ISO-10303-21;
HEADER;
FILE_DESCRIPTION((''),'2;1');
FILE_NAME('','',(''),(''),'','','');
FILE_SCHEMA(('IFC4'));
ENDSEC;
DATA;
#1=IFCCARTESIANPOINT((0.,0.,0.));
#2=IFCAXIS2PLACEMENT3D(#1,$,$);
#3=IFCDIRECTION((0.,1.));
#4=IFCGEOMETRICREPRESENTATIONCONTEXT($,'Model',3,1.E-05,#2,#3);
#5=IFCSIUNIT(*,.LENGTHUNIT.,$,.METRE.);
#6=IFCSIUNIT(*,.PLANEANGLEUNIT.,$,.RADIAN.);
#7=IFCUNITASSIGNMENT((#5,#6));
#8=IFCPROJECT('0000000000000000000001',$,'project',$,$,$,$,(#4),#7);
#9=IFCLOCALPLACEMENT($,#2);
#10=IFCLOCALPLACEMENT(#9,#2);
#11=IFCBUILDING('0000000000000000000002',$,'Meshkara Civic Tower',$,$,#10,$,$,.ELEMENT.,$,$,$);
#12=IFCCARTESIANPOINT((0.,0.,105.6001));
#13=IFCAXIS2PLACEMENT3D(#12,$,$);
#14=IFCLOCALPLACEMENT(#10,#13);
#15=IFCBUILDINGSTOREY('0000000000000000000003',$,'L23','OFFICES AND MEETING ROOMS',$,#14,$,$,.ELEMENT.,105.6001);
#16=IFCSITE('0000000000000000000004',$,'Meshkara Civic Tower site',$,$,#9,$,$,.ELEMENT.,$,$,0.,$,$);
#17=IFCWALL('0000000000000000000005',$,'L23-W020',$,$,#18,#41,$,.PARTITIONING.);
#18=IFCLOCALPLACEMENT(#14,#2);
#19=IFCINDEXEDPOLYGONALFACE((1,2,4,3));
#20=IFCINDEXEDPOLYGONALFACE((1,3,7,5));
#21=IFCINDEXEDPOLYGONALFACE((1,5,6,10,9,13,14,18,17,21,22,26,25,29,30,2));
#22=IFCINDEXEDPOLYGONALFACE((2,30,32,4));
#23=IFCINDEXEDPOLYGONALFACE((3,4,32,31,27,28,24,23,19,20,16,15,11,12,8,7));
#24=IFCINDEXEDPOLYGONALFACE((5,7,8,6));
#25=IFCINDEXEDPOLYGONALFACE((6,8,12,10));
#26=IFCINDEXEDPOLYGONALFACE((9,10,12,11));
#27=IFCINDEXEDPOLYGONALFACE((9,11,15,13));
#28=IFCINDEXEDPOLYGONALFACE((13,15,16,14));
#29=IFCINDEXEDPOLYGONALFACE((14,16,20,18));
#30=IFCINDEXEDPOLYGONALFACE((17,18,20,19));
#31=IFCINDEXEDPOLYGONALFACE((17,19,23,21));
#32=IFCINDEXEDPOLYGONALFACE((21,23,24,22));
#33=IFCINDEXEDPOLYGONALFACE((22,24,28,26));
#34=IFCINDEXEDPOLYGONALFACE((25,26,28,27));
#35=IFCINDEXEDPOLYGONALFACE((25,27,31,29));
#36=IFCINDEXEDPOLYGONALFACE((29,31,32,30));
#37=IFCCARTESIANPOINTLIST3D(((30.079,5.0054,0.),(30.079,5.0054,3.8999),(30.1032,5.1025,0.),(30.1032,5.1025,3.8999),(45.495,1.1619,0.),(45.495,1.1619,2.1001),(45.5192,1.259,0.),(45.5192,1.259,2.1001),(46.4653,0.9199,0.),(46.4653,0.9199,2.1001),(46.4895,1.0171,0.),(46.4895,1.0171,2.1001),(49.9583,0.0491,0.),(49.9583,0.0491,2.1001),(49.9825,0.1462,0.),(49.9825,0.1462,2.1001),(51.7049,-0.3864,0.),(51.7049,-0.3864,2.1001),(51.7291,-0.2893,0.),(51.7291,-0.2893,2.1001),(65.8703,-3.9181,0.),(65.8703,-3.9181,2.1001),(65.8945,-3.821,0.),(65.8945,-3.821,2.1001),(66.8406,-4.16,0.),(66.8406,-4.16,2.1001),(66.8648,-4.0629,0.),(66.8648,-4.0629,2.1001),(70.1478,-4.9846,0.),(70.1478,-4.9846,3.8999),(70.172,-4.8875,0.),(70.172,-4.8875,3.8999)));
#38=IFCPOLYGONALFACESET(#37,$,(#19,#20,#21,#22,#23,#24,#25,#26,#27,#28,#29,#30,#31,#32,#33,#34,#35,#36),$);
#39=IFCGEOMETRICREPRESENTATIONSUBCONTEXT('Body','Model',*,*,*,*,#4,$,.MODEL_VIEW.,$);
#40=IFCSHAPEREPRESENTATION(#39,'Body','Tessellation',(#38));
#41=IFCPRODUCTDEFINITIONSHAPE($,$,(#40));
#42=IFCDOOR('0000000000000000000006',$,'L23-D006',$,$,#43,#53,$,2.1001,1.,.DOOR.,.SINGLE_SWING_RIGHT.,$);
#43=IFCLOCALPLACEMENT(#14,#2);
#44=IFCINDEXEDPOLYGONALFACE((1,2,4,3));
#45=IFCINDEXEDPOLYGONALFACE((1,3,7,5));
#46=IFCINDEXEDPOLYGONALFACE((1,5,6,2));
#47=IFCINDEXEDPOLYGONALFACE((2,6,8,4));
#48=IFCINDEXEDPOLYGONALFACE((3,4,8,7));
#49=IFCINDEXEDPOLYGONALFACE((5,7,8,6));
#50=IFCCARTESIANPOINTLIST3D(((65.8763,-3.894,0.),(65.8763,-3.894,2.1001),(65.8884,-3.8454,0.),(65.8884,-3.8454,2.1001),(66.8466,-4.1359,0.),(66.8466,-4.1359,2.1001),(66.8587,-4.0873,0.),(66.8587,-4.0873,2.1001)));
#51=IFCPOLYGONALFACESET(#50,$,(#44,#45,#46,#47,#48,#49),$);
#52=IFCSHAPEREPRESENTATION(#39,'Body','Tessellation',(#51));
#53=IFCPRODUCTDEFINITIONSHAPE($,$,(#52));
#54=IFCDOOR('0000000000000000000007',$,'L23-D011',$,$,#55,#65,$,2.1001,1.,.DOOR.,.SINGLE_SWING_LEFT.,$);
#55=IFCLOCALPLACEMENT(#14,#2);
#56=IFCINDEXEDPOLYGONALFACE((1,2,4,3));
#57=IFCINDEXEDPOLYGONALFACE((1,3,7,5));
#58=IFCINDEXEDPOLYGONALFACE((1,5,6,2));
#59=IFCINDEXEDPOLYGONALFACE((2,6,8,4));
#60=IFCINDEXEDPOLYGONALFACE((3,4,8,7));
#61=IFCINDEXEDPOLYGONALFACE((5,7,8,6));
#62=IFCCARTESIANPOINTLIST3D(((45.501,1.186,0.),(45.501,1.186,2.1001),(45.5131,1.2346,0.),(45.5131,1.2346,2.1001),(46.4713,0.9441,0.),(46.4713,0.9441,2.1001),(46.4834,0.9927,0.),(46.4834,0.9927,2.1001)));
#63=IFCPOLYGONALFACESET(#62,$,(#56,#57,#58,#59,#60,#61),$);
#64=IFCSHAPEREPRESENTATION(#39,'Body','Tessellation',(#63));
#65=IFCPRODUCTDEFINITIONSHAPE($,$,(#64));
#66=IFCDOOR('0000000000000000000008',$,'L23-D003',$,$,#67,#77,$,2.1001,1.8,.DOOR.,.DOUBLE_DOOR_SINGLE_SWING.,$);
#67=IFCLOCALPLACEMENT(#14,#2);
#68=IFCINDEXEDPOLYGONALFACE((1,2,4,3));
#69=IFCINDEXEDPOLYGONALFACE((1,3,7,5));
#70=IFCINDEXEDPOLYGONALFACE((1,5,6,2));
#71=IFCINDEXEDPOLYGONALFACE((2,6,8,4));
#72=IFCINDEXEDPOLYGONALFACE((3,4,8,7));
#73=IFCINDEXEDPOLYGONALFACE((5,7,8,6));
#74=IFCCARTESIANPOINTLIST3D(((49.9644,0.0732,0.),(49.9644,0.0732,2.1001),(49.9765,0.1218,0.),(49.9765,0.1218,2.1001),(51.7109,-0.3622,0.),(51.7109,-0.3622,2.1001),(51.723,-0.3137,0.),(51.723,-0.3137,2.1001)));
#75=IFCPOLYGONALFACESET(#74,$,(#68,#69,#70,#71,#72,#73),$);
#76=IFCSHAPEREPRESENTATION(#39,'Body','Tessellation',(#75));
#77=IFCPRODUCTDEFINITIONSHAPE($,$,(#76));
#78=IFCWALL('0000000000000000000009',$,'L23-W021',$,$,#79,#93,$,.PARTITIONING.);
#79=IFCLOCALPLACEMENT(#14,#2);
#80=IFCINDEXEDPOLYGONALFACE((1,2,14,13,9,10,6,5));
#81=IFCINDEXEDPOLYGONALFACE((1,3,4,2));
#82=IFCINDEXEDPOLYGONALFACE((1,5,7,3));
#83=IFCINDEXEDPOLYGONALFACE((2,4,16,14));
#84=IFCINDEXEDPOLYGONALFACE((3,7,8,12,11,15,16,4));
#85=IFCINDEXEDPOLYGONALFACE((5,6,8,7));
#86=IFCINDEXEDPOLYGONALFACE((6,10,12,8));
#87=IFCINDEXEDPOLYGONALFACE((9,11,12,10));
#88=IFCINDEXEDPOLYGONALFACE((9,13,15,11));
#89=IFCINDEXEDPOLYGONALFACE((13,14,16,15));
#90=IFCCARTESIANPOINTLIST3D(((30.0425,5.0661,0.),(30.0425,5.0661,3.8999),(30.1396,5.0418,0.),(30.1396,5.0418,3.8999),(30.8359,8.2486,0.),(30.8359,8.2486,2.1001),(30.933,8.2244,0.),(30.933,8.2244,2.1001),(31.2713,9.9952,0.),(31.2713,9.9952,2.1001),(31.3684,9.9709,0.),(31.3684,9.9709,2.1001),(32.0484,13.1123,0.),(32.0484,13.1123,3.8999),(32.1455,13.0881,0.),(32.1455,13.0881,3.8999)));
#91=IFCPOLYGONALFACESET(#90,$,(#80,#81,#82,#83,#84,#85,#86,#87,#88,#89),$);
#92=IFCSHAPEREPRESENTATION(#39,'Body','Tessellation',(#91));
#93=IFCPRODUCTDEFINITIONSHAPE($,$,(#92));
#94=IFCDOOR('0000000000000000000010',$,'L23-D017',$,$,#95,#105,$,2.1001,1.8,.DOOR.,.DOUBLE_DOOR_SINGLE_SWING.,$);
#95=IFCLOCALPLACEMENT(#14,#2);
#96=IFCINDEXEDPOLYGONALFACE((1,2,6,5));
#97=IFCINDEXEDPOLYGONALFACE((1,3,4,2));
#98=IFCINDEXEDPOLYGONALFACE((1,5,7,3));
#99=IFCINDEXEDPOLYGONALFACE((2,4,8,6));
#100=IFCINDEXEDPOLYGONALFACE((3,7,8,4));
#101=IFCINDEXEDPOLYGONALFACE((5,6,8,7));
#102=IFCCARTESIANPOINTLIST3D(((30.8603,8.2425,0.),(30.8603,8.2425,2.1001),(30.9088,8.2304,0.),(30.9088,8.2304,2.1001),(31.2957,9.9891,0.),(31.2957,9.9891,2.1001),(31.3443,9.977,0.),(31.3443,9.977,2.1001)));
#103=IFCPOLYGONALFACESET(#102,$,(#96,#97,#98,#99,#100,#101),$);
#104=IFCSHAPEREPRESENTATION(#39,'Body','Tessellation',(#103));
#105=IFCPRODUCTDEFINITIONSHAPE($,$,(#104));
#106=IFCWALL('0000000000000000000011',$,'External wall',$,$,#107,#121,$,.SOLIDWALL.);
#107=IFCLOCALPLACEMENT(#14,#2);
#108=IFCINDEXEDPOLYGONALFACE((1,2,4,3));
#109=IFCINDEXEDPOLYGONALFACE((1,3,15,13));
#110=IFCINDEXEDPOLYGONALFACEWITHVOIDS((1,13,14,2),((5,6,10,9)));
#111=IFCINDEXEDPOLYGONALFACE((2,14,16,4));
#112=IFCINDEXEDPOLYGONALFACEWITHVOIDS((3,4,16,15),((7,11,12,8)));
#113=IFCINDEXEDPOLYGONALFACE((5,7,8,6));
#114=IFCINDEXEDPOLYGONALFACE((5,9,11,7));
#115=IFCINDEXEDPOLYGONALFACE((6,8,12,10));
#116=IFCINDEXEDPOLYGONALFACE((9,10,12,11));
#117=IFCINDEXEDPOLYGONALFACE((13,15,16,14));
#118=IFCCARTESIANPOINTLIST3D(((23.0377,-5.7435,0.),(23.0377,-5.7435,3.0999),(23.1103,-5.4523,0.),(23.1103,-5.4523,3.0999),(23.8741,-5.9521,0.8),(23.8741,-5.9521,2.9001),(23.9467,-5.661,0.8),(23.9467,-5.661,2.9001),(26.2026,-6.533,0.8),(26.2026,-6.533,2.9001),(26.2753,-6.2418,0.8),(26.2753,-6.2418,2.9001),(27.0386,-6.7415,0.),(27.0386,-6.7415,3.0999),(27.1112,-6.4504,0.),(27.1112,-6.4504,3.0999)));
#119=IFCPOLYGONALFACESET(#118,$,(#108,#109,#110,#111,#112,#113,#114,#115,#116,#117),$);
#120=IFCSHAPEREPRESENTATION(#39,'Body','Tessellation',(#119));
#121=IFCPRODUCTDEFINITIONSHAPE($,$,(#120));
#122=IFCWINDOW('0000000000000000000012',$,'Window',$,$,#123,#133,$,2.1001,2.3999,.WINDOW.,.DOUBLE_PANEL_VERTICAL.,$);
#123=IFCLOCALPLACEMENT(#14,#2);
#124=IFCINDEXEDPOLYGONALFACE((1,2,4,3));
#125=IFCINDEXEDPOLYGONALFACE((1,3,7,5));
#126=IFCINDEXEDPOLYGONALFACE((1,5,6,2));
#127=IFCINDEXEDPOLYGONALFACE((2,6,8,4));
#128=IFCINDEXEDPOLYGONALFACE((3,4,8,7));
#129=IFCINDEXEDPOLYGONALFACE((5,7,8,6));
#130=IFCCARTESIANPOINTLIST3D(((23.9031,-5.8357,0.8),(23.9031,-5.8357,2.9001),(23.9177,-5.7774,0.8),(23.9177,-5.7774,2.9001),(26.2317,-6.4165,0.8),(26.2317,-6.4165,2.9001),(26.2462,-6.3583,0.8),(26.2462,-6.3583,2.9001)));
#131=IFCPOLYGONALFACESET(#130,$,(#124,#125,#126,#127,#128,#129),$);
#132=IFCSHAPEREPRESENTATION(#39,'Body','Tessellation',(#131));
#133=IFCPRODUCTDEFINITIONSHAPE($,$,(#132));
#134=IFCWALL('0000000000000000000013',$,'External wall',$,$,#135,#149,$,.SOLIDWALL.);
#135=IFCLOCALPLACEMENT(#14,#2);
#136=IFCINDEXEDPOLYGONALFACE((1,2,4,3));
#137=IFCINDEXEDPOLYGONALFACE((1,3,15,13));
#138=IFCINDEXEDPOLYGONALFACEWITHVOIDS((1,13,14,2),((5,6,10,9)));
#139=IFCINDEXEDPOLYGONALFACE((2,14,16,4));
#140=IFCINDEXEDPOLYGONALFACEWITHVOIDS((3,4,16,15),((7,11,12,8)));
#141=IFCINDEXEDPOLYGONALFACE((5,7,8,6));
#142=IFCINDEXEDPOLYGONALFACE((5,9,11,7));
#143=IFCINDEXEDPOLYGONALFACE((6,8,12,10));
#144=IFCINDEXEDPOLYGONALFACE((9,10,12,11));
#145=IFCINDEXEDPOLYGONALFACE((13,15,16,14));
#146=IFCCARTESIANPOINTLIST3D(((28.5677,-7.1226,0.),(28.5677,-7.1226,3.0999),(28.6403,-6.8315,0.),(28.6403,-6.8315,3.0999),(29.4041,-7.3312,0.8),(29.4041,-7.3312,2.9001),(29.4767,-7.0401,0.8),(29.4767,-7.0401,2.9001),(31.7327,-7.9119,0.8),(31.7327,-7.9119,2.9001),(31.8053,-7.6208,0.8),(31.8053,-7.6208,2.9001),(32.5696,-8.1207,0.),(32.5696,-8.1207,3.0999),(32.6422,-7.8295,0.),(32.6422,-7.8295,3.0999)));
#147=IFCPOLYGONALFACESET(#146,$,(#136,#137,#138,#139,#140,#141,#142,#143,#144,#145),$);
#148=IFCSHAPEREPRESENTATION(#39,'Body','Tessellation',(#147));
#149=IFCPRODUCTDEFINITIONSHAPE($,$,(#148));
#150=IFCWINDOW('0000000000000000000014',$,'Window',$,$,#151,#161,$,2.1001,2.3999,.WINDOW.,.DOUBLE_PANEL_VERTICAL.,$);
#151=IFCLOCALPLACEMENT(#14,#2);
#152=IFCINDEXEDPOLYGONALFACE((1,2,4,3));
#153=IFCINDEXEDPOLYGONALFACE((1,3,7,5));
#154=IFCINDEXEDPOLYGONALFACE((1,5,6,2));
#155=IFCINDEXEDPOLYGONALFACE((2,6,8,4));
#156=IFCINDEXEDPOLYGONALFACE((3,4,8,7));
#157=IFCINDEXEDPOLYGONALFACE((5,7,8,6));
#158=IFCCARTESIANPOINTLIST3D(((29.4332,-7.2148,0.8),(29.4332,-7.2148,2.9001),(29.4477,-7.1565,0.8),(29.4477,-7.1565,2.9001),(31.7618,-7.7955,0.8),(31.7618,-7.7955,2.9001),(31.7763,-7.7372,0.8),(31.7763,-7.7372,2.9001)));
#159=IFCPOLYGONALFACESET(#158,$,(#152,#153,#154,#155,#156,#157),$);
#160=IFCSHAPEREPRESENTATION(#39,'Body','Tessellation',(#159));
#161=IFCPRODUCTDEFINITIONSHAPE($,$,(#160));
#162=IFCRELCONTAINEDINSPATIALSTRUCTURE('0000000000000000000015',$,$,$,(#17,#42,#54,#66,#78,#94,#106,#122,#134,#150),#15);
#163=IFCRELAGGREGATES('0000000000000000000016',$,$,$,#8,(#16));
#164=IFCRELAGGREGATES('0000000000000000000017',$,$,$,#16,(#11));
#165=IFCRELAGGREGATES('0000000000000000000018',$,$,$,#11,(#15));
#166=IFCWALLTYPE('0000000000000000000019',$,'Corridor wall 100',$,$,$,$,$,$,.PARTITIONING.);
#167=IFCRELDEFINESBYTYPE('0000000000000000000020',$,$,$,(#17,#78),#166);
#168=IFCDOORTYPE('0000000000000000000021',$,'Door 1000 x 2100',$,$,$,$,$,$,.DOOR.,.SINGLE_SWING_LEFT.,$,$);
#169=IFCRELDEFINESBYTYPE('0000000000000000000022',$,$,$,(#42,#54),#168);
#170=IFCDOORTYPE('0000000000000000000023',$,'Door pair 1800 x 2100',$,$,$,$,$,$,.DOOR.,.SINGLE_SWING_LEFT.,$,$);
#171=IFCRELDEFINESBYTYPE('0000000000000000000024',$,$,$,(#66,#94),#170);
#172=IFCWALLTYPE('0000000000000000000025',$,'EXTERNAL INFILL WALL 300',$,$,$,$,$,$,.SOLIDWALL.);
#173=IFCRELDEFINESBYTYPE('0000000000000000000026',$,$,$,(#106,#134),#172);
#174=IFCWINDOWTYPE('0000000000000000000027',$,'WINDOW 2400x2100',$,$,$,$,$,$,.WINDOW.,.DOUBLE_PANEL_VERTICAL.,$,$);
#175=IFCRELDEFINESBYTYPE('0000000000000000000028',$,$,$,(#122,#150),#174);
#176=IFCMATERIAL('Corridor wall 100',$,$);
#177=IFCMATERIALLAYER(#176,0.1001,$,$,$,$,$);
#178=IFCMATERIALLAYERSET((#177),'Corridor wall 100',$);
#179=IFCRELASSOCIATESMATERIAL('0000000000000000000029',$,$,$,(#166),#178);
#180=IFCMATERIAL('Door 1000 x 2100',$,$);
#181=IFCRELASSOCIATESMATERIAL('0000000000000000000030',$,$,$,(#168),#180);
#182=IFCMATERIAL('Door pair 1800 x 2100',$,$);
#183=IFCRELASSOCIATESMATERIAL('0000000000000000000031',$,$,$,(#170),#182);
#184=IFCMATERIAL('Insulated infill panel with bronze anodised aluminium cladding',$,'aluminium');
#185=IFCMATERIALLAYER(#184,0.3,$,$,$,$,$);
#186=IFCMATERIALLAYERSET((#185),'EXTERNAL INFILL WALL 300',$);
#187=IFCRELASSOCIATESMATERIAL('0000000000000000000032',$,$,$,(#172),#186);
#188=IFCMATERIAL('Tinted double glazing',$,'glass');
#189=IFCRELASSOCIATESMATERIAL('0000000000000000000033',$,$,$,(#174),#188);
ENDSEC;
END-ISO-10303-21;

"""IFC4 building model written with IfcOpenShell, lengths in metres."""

from ifc_helpers import new_model, si_unit, direction, frame, frame_2d, origin, place, context, subcontext, project, spatial, rectangle, extrude, material, layer, layer_set, type_object, element, fill, save


model = new_model("IFC4")

# Units and contexts
model_context = context("Model", 3, precision=1e-05, world=origin(), true_north=direction((0.0, 1.0)))
body_context = subcontext(model_context, "Body", "Model", "MODEL_VIEW")
ifc_project = project(units=[si_unit("LENGTHUNIT", "METRE"), si_unit("PLANEANGLEUNIT", "RADIAN")], contexts=[model_context])

# Site, building, storey
site_placement = place(None, origin())
site = spatial("IfcSite", under=ifc_project, at=site_placement, Name="Meshkara Civic Tower site", CompositionType="ELEMENT", RefElevation=0.0)
building_placement = place(site_placement, origin())
building = spatial("IfcBuilding", under=site, at=building_placement, Name="Meshkara Civic Tower", CompositionType="ELEMENT")
storey_placement = place(building_placement, frame((0.0, 0.0, 105.6001)))
storey = spatial("IfcBuildingStorey", under=building, at=storey_placement, Name="L23", Description="OFFICES AND MEETING ROOMS", CompositionType="ELEMENT", Elevation=105.6001)

# Wall, openings, doors
ifc_material_1 = material(Name="Corridor wall 100")
ifc_layer_1 = layer(ifc_material_1, 0.1001)
ifc_layer_set_1 = layer_set([ifc_layer_1], Name="Corridor wall 100")
wall_type_1 = type_object("IfcWallType", Name="Corridor wall 100", PredefinedType="PARTITIONING", material=ifc_layer_set_1)
wall_1_placement = place(storey_placement, frame((30.0911, 5.054, 0.0), z_axis=(0.0, 0.0, 1.0), x_axis=(0.970297, -0.241915, 0.0)))
wall_1 = element("IfcWall", 1, at=wall_1_placement, inside=storey, type_object=wall_type_1, Name="L23-W020", PredefinedType="PARTITIONING", context=body_context, shape_type="SweptSolid", body=[
    extrude(rectangle(XDim=41.2954, YDim=0.1001, at=frame_2d((20.6477, 0.0))), origin(), (0.0, 0.0, 1.0), 3.8999),
])
opening_1_placement = place(wall_1_placement, frame((20.488, 0.0, 0.0)))
opening_1 = element("IfcOpeningElement", 2, at=opening_1_placement, cuts=wall_1, PredefinedType="OPENING", context=body_context, shape_type="SweptSolid", body=[
    extrude(rectangle(XDim=1.8, YDim=2.1001, at=frame_2d((0.8999, 1.05))), frame((0.0, 0.0601, 0.0), z_axis=(0.0, -1.0, 0.0), x_axis=(1.0, 0.0, 0.0)), (0.0, 0.0, 1.0), 0.1201),
])
opening_2_placement = place(wall_1_placement, frame((36.887, 0.0, 0.0)))
opening_2 = element("IfcOpeningElement", 3, at=opening_2_placement, cuts=wall_1, PredefinedType="OPENING", context=body_context, shape_type="SweptSolid", body=[
    extrude(rectangle(XDim=1.0, YDim=2.1001, at=frame_2d((0.5, 1.05))), frame((0.0, 0.0601, 0.0), z_axis=(0.0, -1.0, 0.0), x_axis=(1.0, 0.0, 0.0)), (0.0, 0.0, 1.0), 0.1201),
])
opening_3_placement = place(wall_1_placement, frame((15.8879, 0.0, 0.0)))
opening_3 = element("IfcOpeningElement", 4, at=opening_3_placement, cuts=wall_1, PredefinedType="OPENING", context=body_context, shape_type="SweptSolid", body=[
    extrude(rectangle(XDim=1.0, YDim=2.1001, at=frame_2d((0.5, 1.05))), frame((0.0, 0.0601, 0.0), z_axis=(0.0, -1.0, 0.0), x_axis=(1.0, 0.0, 0.0)), (0.0, 0.0, 1.0), 0.1201),
])
ifc_material_2 = material(Name="Door 1000 x 2100")
door_type_1 = type_object("IfcDoorType", Name="Door 1000 x 2100", OperationType="SINGLE_SWING_LEFT", PredefinedType="DOOR", material=ifc_material_2)
door_1_placement = place(opening_2_placement, origin())
door_1 = element("IfcDoor", 5, at=door_1_placement, inside=storey, type_object=door_type_1, Name="L23-D006", OperationType="SINGLE_SWING_RIGHT", OverallHeight=2.1001, OverallWidth=1.0, PredefinedType="DOOR", context=body_context, shape_type="SweptSolid", body=[
    extrude(rectangle(XDim=1.0, YDim=2.1001, at=frame_2d((0.5, 1.05))), frame((0.0, 0.0249, 0.0), z_axis=(0.0, -1.0, 0.0), x_axis=(1.0, 0.0, 0.0)), (0.0, 0.0, 1.0), 0.05),
])
fill(opening_2, door_1)
door_2_placement = place(opening_3_placement, origin())
door_2 = element("IfcDoor", 6, at=door_2_placement, inside=storey, type_object=door_type_1, Name="L23-D011", OperationType="SINGLE_SWING_LEFT", OverallHeight=2.1001, OverallWidth=1.0, PredefinedType="DOOR", context=body_context, shape_type="SweptSolid", body=[
    extrude(rectangle(XDim=1.0, YDim=2.1001, at=frame_2d((0.5, 1.05))), frame((0.0, 0.0249, 0.0), z_axis=(0.0, -1.0, 0.0), x_axis=(1.0, 0.0, 0.0)), (0.0, 0.0, 1.0), 0.05),
])
fill(opening_3, door_2)
ifc_material_3 = material(Name="Door pair 1800 x 2100")
door_type_2 = type_object("IfcDoorType", Name="Door pair 1800 x 2100", OperationType="SINGLE_SWING_LEFT", PredefinedType="DOOR", material=ifc_material_3)
door_3_placement = place(opening_1_placement, origin())
door_3 = element("IfcDoor", 7, at=door_3_placement, inside=storey, type_object=door_type_2, Name="L23-D003", OperationType="DOUBLE_DOOR_SINGLE_SWING", OverallHeight=2.1001, OverallWidth=1.8, PredefinedType="DOOR", context=body_context, shape_type="SweptSolid", body=[
    extrude(rectangle(XDim=1.8, YDim=2.1001, at=frame_2d((0.8999, 1.05))), frame((0.0, 0.0249, 0.0), z_axis=(0.0, -1.0, 0.0), x_axis=(1.0, 0.0, 0.0)), (0.0, 0.0, 1.0), 0.05),
])
fill(opening_1, door_3)

# Wall, opening, door
wall_2_placement = place(storey_placement, frame((30.0911, 5.054, 0.0), z_axis=(0.0, 0.0, 1.0), x_axis=(0.241891, 0.970303, 0.0)))
wall_2 = element("IfcWall", 8, at=wall_2_placement, inside=storey, type_object=wall_type_1, Name="L23-W021", PredefinedType="PARTITIONING", context=body_context, shape_type="SweptSolid", body=[
    extrude(rectangle(XDim=8.2925, YDim=0.1001, at=frame_2d((4.1462, 0.0))), origin(), (0.0, 0.0, 1.0), 3.8999),
])
opening_4_placement = place(wall_2_placement, frame((3.28, 0.0, 0.0)))
opening_4 = element("IfcOpeningElement", 9, at=opening_4_placement, cuts=wall_2, PredefinedType="OPENING", context=body_context, shape_type="SweptSolid", body=[
    extrude(rectangle(XDim=1.8, YDim=2.1001, at=frame_2d((0.8999, 1.05))), frame((0.0, 0.0601, 0.0), z_axis=(0.0, -1.0, 0.0), x_axis=(1.0, 0.0, 0.0)), (0.0, 0.0, 1.0), 0.1201),
])
door_4_placement = place(opening_4_placement, origin())
door_4 = element("IfcDoor", 10, at=door_4_placement, inside=storey, type_object=door_type_2, Name="L23-D017", OperationType="DOUBLE_DOOR_SINGLE_SWING", OverallHeight=2.1001, OverallWidth=1.8, PredefinedType="DOOR", context=body_context, shape_type="SweptSolid", body=[
    extrude(rectangle(XDim=1.8, YDim=2.1001, at=frame_2d((0.8999, 1.05))), frame((0.0, 0.0249, 0.0), z_axis=(0.0, -1.0, 0.0), x_axis=(1.0, 0.0, 0.0)), (0.0, 0.0, 1.0), 0.05),
])
fill(opening_4, door_4)

# Walls, openings, windows
ifc_material_4 = material(Name="Insulated infill panel with bronze anodised aluminium cladding", Category="aluminium")
ifc_layer_2 = layer(ifc_material_4, 0.3)
ifc_layer_set_2 = layer_set([ifc_layer_2], Name="EXTERNAL INFILL WALL 300")
wall_type_2 = type_object("IfcWallType", Name="EXTERNAL INFILL WALL 300", PredefinedType="SOLIDWALL", material=ifc_layer_set_2)
wall_3_placement = place(storey_placement, frame((23.074, -5.5979, 0.0), z_axis=(0.0, 0.0, 1.0), x_axis=(0.970268, -0.242034, 0.0)))
wall_3 = element("IfcWall", 11, at=wall_3_placement, inside=storey, type_object=wall_type_2, Name="External wall", PredefinedType="SOLIDWALL", context=body_context, shape_type="SweptSolid", body=[
    extrude(rectangle(XDim=4.1235, YDim=0.3, at=frame_2d((2.0618, 0.0))), origin(), (0.0, 0.0, 1.0), 3.0999),
])
opening_5_placement = place(wall_3_placement, frame((0.8621, 0.0, 0.8)))
opening_5 = element("IfcOpeningElement", 12, at=opening_5_placement, cuts=wall_3, PredefinedType="OPENING", context=body_context, shape_type="SweptSolid", body=[
    extrude(rectangle(XDim=2.3999, YDim=2.1001, at=frame_2d((1.2, 1.05))), frame((0.0, 0.1599, 0.0), z_axis=(0.0, -1.0, 0.0), x_axis=(1.0, 0.0, 0.0)), (0.0, 0.0, 1.0), 0.3201),
])
ifc_material_5 = material(Name="Tinted double glazing", Category="glass")
window_type = type_object("IfcWindowType", Name="WINDOW 2400x2100", PartitioningType="DOUBLE_PANEL_VERTICAL", PredefinedType="WINDOW", material=ifc_material_5)
window_1_placement = place(opening_5_placement, origin())
window_1 = element("IfcWindow", 13, at=window_1_placement, inside=storey, type_object=window_type, Name="Window", OverallHeight=2.1001, OverallWidth=2.3999, PartitioningType="DOUBLE_PANEL_VERTICAL", PredefinedType="WINDOW", context=body_context, shape_type="SweptSolid", body=[
    extrude(rectangle(XDim=2.3999, YDim=2.1001, at=frame_2d((1.2, 1.05))), frame((0.0, 0.03, 0.0), z_axis=(0.0, -1.0, 0.0), x_axis=(1.0, 0.0, 0.0)), (0.0, 0.0, 1.0), 0.0601),
])
fill(opening_5, window_1)
wall_4_placement = place(storey_placement, frame((28.604, -6.9771, 0.0), z_axis=(0.0, 0.0, 1.0), x_axis=(0.970282, -0.241978, 0.0)))
wall_4 = element("IfcWall", 14, at=wall_4_placement, inside=storey, type_object=wall_type_2, Name="External wall", PredefinedType="SOLIDWALL", context=body_context, shape_type="SweptSolid", body=[
    extrude(rectangle(XDim=4.1245, YDim=0.3, at=frame_2d((2.0623, 0.0))), origin(), (0.0, 0.0, 1.0), 3.0999),
])
opening_6_placement = place(wall_4_placement, frame((0.8621, 0.0, 0.8)))
opening_6 = element("IfcOpeningElement", 15, at=opening_6_placement, cuts=wall_4, PredefinedType="OPENING", context=body_context, shape_type="SweptSolid", body=[
    extrude(rectangle(XDim=2.3999, YDim=2.1001, at=frame_2d((1.2, 1.05))), frame((0.0, 0.1599, 0.0), z_axis=(0.0, -1.0, 0.0), x_axis=(1.0, 0.0, 0.0)), (0.0, 0.0, 1.0), 0.3201),
])
window_2_placement = place(opening_6_placement, origin())
window_2 = element("IfcWindow", 16, at=window_2_placement, inside=storey, type_object=window_type, Name="Window", OverallHeight=2.1001, OverallWidth=2.3999, PartitioningType="DOUBLE_PANEL_VERTICAL", PredefinedType="WINDOW", context=body_context, shape_type="SweptSolid", body=[
    extrude(rectangle(XDim=2.3999, YDim=2.1001, at=frame_2d((1.2, 1.05))), frame((0.0, 0.03, 0.0), z_axis=(0.0, -1.0, 0.0), x_axis=(1.0, 0.0, 0.0)), (0.0, 0.0, 1.0), 0.0601),
])
fill(opening_6, window_2)

save(model, "model.ifc")
